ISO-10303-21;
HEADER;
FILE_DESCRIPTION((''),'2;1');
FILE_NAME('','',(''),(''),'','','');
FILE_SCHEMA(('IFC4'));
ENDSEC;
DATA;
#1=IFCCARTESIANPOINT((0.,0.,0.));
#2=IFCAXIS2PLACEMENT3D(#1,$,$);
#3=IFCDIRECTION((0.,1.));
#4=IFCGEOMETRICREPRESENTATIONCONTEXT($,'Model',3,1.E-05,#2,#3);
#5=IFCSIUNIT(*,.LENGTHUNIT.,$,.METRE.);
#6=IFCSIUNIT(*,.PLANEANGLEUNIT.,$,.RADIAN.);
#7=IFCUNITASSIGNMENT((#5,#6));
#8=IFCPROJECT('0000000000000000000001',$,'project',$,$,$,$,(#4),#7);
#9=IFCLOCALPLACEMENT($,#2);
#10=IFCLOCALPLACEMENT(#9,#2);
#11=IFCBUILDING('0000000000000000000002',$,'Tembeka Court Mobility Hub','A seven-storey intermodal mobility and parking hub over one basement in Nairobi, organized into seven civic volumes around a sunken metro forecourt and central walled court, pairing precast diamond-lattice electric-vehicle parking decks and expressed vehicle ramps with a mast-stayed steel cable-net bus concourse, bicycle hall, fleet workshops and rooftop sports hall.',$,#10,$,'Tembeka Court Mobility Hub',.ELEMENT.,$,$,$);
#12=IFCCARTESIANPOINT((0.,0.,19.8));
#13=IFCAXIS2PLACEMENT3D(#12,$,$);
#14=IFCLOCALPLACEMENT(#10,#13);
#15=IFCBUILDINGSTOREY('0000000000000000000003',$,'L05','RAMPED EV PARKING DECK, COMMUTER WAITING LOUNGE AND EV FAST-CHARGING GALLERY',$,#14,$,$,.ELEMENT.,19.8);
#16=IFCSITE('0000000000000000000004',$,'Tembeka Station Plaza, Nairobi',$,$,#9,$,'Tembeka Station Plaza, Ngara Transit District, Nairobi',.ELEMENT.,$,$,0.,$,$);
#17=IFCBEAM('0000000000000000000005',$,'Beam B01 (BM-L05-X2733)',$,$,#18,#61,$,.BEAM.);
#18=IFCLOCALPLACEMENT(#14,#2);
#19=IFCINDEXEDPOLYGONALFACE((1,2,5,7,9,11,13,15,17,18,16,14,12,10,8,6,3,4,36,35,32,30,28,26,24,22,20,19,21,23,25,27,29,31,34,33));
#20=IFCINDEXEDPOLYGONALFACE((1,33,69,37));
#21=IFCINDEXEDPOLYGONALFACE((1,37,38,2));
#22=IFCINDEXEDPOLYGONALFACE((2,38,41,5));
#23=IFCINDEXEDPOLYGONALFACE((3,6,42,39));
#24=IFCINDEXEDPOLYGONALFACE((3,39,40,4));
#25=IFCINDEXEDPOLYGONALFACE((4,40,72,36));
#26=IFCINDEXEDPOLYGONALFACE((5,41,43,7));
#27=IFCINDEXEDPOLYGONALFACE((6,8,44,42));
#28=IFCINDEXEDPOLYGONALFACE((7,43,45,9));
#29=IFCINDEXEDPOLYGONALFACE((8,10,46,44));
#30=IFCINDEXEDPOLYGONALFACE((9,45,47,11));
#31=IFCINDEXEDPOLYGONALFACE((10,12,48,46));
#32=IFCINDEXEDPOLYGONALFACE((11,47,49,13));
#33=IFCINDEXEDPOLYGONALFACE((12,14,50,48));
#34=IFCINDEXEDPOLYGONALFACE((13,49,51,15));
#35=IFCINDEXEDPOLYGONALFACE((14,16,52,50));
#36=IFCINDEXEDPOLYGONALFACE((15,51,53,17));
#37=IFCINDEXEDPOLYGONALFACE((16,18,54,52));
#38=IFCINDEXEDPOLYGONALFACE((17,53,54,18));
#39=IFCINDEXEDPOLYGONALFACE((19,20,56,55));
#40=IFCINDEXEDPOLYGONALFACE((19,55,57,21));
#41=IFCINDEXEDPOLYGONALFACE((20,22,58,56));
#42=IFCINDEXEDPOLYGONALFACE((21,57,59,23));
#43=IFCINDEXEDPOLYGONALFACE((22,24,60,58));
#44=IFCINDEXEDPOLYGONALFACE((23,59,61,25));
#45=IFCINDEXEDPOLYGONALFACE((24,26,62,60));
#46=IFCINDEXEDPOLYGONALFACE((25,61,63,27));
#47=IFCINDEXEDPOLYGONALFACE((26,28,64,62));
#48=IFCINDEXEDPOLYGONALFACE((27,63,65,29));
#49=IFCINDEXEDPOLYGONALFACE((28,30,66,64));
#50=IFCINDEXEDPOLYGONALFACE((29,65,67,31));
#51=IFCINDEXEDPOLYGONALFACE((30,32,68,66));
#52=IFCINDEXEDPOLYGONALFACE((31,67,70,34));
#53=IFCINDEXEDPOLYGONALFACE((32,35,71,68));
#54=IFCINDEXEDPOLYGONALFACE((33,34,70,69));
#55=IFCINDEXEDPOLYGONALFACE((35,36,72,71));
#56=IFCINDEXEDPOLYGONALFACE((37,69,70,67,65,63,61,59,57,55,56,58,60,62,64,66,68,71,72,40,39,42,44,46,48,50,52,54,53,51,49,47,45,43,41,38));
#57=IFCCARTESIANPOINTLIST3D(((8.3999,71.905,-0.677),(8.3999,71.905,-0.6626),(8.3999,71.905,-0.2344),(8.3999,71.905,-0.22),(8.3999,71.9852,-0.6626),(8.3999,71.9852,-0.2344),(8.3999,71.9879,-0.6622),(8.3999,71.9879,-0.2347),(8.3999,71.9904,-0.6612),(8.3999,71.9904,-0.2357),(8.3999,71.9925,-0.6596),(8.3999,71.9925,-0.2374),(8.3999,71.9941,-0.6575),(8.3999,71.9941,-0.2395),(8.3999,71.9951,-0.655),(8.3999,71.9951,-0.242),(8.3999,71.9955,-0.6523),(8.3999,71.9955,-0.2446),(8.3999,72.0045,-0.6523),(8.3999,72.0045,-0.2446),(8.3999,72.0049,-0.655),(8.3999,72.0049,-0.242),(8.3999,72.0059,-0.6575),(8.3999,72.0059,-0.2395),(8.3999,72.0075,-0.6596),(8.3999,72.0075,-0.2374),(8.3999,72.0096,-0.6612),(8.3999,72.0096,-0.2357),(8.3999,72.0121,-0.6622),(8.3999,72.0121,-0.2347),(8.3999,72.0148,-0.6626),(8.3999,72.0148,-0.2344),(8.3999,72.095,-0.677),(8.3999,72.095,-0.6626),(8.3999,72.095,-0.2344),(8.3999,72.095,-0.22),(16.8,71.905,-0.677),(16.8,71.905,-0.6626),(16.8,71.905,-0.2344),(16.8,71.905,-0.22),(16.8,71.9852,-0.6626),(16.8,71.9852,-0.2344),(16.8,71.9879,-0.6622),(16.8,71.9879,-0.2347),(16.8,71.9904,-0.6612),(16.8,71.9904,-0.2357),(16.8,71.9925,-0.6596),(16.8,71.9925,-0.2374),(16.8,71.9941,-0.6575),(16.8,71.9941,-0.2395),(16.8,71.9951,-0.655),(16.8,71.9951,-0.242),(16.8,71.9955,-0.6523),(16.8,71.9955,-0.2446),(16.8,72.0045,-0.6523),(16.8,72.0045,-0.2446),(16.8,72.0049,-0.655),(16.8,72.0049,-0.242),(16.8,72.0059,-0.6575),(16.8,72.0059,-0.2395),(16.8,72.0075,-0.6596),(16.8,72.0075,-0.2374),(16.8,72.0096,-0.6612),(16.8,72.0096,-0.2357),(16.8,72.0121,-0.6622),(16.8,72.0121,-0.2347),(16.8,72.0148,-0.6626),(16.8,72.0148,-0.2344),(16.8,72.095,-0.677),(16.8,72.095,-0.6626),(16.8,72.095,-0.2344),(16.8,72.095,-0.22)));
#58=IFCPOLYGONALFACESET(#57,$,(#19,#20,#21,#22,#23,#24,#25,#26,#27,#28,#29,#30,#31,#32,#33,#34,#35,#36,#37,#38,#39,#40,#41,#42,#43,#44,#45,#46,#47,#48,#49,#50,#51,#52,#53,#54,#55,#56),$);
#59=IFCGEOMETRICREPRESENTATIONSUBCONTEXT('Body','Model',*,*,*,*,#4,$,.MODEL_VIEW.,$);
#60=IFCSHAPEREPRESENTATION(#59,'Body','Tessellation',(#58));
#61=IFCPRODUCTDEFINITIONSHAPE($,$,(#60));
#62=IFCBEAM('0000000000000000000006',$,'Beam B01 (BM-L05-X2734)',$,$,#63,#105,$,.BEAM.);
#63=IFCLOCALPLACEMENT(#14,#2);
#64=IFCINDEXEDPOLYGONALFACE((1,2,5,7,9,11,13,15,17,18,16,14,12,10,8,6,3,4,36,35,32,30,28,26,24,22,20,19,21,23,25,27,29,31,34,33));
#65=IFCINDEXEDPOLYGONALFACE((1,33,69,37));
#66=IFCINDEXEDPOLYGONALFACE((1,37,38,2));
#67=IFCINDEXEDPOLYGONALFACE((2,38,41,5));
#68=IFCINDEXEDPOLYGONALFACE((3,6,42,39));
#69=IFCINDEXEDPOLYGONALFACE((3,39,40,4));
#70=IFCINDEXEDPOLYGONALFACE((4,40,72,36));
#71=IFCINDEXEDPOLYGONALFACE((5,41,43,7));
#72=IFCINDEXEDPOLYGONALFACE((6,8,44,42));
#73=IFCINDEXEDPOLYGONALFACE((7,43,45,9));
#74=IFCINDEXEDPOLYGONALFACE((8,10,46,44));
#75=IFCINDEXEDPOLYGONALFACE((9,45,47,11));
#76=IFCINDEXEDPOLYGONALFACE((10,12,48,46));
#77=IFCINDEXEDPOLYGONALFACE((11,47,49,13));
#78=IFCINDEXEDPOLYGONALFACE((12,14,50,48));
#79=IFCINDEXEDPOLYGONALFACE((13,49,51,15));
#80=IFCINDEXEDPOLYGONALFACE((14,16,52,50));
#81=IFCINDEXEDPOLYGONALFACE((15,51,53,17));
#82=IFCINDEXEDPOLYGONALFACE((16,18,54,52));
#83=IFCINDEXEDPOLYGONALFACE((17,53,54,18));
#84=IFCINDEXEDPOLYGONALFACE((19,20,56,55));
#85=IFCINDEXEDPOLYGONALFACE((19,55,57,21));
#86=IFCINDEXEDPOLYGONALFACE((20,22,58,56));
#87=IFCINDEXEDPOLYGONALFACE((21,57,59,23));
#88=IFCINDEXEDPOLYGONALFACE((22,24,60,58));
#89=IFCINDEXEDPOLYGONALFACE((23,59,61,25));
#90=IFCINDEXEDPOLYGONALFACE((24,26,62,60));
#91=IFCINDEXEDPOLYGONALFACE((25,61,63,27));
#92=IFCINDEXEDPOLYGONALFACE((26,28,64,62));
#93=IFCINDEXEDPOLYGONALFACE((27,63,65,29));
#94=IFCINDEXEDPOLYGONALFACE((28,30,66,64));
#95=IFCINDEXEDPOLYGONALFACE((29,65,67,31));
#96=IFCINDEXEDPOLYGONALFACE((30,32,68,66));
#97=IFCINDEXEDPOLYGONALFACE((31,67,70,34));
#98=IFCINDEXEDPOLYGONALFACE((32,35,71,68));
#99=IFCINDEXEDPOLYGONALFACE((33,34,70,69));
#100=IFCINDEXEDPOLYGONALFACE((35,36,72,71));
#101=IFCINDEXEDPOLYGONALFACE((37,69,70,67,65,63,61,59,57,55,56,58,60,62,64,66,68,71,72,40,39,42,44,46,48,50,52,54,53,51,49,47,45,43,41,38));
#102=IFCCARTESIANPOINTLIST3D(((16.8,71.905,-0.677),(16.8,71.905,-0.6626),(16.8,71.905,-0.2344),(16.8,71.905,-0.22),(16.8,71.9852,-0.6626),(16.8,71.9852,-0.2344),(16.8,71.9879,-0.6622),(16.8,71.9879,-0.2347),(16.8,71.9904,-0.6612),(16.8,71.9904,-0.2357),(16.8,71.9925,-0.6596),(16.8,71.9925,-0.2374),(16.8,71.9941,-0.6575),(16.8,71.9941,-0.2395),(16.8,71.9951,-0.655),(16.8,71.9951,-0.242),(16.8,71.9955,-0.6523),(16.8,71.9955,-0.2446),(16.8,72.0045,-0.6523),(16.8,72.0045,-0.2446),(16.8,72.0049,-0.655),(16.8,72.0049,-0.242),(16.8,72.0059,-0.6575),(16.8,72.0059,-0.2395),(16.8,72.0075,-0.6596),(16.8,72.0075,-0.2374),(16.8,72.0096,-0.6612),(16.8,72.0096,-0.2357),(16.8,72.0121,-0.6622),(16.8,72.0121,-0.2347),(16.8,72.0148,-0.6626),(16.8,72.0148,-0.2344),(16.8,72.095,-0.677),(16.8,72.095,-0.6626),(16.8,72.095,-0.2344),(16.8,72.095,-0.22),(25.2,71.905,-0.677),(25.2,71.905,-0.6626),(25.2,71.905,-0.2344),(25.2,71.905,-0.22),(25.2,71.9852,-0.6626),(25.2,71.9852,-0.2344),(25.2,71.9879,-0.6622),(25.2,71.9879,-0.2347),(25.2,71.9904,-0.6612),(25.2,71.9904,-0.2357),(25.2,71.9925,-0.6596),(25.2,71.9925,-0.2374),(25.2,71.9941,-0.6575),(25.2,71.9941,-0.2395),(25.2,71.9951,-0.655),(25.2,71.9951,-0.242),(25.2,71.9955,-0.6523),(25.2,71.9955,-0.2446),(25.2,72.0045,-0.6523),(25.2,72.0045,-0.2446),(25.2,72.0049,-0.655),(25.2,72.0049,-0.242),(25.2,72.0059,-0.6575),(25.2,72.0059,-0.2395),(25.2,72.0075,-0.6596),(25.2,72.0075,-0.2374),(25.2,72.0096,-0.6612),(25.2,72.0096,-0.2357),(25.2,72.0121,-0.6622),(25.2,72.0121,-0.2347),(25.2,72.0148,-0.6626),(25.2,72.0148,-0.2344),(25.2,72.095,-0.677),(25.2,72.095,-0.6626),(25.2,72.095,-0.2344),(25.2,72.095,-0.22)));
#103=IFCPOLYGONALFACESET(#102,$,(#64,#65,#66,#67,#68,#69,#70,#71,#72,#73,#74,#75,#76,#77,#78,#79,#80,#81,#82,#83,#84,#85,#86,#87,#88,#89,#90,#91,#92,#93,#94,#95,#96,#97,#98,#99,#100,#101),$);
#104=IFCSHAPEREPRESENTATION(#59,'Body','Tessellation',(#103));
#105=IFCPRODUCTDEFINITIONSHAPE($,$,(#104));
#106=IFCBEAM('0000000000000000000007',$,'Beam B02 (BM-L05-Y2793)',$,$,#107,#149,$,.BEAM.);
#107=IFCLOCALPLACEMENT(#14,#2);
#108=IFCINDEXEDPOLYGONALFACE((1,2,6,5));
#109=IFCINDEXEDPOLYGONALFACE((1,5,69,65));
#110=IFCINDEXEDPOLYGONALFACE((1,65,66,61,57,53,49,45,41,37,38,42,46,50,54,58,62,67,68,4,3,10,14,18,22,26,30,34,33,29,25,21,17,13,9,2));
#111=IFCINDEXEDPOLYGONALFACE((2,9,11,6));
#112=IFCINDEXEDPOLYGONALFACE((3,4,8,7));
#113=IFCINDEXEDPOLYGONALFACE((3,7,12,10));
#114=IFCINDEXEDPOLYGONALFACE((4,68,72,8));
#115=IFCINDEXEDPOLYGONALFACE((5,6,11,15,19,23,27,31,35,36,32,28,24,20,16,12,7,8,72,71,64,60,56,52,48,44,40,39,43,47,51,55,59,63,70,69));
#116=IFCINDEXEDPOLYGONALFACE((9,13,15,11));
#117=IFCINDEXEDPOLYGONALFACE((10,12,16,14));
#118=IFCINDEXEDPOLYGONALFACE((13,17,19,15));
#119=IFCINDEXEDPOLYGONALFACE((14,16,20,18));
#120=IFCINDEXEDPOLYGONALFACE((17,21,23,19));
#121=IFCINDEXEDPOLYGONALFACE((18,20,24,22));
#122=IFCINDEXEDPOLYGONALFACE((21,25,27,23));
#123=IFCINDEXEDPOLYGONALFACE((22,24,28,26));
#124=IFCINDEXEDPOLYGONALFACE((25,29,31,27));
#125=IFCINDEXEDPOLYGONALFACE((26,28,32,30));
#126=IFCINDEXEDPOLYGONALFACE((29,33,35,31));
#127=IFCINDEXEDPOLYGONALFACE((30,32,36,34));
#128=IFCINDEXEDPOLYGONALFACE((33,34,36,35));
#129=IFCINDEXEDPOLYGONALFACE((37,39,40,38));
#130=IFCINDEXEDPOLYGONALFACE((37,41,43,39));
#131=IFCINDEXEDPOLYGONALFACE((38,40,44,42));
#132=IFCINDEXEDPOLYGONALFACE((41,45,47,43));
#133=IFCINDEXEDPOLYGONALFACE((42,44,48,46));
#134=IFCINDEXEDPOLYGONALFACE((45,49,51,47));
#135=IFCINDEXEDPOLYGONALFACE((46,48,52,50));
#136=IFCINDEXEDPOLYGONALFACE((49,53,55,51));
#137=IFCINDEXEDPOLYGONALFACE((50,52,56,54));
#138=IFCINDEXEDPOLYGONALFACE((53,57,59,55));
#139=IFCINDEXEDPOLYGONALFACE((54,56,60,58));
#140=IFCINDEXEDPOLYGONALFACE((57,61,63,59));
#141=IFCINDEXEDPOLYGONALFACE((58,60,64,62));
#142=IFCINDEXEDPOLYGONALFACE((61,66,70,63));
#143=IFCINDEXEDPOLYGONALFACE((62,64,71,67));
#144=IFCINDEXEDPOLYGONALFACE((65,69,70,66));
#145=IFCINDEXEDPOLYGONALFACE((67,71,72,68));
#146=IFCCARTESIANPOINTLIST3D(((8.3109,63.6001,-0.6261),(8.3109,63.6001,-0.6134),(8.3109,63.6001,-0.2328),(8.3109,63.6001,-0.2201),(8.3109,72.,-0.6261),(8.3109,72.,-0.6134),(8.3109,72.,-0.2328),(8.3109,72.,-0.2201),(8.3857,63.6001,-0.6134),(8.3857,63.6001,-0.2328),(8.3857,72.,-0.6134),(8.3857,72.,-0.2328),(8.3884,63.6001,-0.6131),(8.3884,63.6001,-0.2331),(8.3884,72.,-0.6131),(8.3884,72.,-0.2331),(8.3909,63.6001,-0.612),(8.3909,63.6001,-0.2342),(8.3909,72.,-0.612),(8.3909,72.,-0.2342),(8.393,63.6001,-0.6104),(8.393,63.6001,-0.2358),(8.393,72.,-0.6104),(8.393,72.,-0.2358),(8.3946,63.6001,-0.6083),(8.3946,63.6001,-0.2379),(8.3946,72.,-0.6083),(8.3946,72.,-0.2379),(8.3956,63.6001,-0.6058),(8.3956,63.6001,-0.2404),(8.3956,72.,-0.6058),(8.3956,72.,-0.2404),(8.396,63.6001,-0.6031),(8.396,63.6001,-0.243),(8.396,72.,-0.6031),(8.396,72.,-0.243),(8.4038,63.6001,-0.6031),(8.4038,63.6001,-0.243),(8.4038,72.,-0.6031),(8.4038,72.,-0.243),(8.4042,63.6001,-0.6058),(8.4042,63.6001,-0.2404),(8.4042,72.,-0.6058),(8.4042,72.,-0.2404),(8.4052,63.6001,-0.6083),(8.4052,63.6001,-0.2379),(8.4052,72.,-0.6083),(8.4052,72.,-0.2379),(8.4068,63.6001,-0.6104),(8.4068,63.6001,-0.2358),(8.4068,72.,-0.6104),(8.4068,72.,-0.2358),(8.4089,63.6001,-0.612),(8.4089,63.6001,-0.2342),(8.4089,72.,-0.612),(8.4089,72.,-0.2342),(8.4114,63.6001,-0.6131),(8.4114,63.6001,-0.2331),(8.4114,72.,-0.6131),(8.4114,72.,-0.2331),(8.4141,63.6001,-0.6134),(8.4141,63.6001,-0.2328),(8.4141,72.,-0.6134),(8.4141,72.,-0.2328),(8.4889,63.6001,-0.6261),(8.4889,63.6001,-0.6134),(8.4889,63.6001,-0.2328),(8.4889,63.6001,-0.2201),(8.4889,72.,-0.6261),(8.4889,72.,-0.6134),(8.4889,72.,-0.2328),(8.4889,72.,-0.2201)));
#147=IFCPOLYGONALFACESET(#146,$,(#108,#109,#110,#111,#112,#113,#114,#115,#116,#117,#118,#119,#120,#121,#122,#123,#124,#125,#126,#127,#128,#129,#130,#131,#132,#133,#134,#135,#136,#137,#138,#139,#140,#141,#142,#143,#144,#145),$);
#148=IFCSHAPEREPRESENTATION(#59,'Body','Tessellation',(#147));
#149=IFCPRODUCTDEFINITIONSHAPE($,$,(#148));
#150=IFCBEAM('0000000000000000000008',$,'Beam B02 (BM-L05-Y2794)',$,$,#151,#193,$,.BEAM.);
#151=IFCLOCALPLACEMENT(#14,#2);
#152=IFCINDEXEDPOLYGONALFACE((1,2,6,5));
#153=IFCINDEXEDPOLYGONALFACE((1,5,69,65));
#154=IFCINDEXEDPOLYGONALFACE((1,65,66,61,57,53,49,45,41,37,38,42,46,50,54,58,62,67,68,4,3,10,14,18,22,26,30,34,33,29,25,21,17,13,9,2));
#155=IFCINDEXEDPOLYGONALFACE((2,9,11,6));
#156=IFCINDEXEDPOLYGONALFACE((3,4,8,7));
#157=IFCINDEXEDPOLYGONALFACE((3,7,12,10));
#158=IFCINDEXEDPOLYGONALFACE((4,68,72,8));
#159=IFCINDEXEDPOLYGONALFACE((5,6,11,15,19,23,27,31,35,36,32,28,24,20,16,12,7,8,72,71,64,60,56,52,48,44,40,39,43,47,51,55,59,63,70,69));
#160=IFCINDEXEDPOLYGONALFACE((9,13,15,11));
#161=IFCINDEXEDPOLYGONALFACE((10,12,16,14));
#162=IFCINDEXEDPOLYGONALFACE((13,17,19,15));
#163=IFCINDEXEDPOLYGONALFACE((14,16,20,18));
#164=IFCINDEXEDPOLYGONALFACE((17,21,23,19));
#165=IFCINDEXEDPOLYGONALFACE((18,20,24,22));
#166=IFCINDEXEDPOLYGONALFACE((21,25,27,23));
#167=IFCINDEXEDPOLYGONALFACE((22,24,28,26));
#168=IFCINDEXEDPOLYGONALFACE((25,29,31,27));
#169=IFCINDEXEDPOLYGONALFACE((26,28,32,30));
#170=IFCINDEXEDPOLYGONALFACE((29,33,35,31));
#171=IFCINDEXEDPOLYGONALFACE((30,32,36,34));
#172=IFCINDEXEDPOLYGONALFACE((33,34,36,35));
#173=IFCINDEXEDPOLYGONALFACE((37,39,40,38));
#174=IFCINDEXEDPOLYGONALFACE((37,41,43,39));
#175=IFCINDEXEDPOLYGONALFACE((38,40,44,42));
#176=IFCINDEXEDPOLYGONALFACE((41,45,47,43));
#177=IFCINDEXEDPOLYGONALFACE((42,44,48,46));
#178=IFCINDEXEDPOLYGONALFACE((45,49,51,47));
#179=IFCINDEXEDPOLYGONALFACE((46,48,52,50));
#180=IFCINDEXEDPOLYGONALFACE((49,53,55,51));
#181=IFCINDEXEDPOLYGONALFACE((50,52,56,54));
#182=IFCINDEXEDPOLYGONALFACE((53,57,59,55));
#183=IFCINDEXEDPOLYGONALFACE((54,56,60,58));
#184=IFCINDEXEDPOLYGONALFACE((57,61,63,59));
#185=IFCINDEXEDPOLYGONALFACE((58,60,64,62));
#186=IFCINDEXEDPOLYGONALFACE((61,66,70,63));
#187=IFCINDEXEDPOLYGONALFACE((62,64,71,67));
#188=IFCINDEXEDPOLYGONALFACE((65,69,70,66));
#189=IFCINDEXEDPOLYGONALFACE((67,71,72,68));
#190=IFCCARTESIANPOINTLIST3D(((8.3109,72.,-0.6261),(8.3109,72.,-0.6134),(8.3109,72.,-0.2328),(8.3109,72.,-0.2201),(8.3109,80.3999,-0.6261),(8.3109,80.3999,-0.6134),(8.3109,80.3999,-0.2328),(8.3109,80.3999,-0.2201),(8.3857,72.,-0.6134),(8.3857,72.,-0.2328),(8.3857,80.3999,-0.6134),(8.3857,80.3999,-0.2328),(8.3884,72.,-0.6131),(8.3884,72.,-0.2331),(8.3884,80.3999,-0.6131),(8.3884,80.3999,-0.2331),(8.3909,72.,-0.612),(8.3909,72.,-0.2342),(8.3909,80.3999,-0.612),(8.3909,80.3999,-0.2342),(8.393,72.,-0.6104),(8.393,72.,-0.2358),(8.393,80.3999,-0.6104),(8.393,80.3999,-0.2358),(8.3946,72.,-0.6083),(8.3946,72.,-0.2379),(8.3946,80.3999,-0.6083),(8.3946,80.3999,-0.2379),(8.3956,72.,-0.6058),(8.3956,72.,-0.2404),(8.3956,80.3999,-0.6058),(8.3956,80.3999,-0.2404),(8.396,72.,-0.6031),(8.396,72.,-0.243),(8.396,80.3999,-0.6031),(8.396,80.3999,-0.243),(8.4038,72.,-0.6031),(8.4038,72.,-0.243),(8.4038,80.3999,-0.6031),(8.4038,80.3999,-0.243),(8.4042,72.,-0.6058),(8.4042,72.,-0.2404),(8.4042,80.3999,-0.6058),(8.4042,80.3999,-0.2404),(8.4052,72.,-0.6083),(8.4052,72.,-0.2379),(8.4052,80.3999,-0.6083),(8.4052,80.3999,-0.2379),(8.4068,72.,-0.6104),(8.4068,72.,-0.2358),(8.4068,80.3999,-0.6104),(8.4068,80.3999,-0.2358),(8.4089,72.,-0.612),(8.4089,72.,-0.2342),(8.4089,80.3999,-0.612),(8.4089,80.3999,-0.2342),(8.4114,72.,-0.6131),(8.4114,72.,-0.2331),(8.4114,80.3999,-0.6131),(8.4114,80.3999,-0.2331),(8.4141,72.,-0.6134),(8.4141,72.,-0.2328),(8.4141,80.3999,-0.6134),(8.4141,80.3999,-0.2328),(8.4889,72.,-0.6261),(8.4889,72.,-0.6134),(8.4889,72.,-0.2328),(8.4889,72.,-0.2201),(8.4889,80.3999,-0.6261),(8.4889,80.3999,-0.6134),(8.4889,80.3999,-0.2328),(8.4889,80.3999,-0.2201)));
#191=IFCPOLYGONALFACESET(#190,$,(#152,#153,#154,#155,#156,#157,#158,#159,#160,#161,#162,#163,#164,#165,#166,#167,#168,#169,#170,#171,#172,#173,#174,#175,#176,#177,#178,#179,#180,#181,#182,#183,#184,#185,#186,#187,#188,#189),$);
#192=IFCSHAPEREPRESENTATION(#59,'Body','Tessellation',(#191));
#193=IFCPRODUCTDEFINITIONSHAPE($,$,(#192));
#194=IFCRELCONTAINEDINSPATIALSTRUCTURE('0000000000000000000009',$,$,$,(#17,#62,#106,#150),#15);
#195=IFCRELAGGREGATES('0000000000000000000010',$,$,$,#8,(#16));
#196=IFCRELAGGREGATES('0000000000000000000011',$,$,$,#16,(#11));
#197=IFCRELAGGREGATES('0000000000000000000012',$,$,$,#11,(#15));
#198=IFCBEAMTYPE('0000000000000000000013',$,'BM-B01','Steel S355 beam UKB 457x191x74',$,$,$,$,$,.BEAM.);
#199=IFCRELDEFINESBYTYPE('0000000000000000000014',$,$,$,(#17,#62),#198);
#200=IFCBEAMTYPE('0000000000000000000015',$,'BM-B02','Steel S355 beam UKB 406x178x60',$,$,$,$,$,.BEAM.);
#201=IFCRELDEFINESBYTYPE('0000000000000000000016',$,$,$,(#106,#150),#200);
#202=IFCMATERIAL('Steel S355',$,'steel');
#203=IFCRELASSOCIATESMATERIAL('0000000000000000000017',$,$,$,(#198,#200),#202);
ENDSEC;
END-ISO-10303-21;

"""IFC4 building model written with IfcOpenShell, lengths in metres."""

from ifc_helpers import new_model, si_unit, direction, frame, origin, origin_2d, place, context, subcontext, project, spatial, i_section, extrude, material, material_profile, profile_set, type_object, element, save


model = new_model("IFC4")

# Units and contexts
model_context = context("Model", 3, precision=1e-05, world=origin(), true_north=direction((0.0, 1.0)))
body_context = subcontext(model_context, "Body", "Model", "MODEL_VIEW")
ifc_project = project(units=[si_unit("LENGTHUNIT", "METRE"), si_unit("PLANEANGLEUNIT", "RADIAN")], contexts=[model_context])

# Site, building, storey
site_placement = place(None, origin())
site = spatial("IfcSite", under=ifc_project, at=site_placement, Name="Tembeka Station Plaza, Nairobi", LongName="Tembeka Station Plaza, Ngara Transit District, Nairobi", CompositionType="ELEMENT", RefElevation=0.0)
building_placement = place(site_placement, origin())
building = spatial("IfcBuilding", under=site, at=building_placement, Name="Tembeka Court Mobility Hub", Description="A seven-storey intermodal mobility and parking hub over one basement in Nairobi, organized into seven civic volumes around a sunken metro forecourt and central walled court, pairing precast diamond-lattice electric-vehicle parking decks and expressed vehicle ramps with a mast-stayed steel cable-net bus concourse, bicycle hall, fleet workshops and rooftop sports hall.", LongName="Tembeka Court Mobility Hub", CompositionType="ELEMENT")
storey_placement = place(building_placement, frame((0.0, 0.0, 19.8)))
storey = spatial("IfcBuildingStorey", under=building, at=storey_placement, Name="L05", Description="RAMPED EV PARKING DECK, COMMUTER WAITING LOUNGE AND EV FAST-CHARGING GALLERY", CompositionType="ELEMENT", Elevation=19.8)

# Shared definitions
ifc_material_1 = material(Name="Steel S355", Category="steel")

# Beams
ifc_material_profile_1 = material_profile(ifc_material_1, i_section(OverallWidth=0.1899, OverallDepth=0.457, WebThickness=0.009, FlangeThickness=0.0144, FilletRadius=0.0103, at=origin_2d()), Name="UKB 457x191x74")
ifc_profile_set_1 = profile_set([ifc_material_profile_1], Name="Steel S355")
beam_type_1 = type_object("IfcBeamType", Name="BM-B01", Description="Steel S355 beam UKB 457x191x74", PredefinedType="BEAM", material=ifc_profile_set_1)
for number, where, z_axis, x_axis, name in (
    (1, (8.3999, 72.0, -0.4485), (1.0, 0.0, 0.0), (0.0, 1.0, 0.0), "Beam B01 (BM-L05-X2733)"),
):
    element("IfcBeam", number, at=place(storey_placement, frame(where, z_axis=z_axis, x_axis=x_axis)), inside=storey, type_object=beam_type_1, Name=name, PredefinedType="BEAM", context=body_context, shape_type="SweptSolid", body=[
        extrude(i_section(OverallWidth=0.1899, OverallDepth=0.457, WebThickness=0.009, FlangeThickness=0.0144, FilletRadius=0.0103, at=origin_2d()), origin(), (0.0, 0.0, 1.0), 8.4001),
    ])
beam_1_placement = place(storey_placement, frame((16.8, 72.0, -0.4485), z_axis=(1.0, 0.0, 0.0), x_axis=(0.0, 1.0, 0.0)))
element("IfcBeam", 2, at=beam_1_placement, inside=storey, type_object=beam_type_1, Name="Beam B01 (BM-L05-X2734)", PredefinedType="BEAM", context=body_context, shape_type="SweptSolid", body=[
    extrude(i_section(OverallWidth=0.1899, OverallDepth=0.457, WebThickness=0.009, FlangeThickness=0.0144, FilletRadius=0.0103, at=origin_2d()), origin(), (0.0, 0.0, 1.0), 8.3999),
])
ifc_material_profile_2 = material_profile(ifc_material_1, i_section(OverallWidth=0.178, OverallDepth=0.406, WebThickness=0.0078, FlangeThickness=0.0127, FilletRadius=0.0103, at=origin_2d()), Name="UKB 406x178x60")
ifc_profile_set_2 = profile_set([ifc_material_profile_2], Name="Steel S355")
beam_type_2 = type_object("IfcBeamType", Name="BM-B02", Description="Steel S355 beam UKB 406x178x60", PredefinedType="BEAM", material=ifc_profile_set_2)
for number, where, z_axis, x_axis, name in (
    (3, (8.3999, 63.6001, -0.4231), (0.0, 1.0, 0.0), (-1.0, 0.0, 0.0), "Beam B02 (BM-L05-Y2793)"),
    (4, (8.3999, 72.0, -0.4231), (0.0, 1.0, 0.0), (-1.0, 0.0, 0.0), "Beam B02 (BM-L05-Y2794)"),
):
    element("IfcBeam", number, at=place(storey_placement, frame(where, z_axis=z_axis, x_axis=x_axis)), inside=storey, type_object=beam_type_2, Name=name, PredefinedType="BEAM", context=body_context, shape_type="SweptSolid", body=[
        extrude(i_section(OverallWidth=0.178, OverallDepth=0.406, WebThickness=0.0078, FlangeThickness=0.0127, FilletRadius=0.0103, at=origin_2d()), origin(), (0.0, 0.0, 1.0), 8.3999),
    ])

save(model, "model.ifc")
